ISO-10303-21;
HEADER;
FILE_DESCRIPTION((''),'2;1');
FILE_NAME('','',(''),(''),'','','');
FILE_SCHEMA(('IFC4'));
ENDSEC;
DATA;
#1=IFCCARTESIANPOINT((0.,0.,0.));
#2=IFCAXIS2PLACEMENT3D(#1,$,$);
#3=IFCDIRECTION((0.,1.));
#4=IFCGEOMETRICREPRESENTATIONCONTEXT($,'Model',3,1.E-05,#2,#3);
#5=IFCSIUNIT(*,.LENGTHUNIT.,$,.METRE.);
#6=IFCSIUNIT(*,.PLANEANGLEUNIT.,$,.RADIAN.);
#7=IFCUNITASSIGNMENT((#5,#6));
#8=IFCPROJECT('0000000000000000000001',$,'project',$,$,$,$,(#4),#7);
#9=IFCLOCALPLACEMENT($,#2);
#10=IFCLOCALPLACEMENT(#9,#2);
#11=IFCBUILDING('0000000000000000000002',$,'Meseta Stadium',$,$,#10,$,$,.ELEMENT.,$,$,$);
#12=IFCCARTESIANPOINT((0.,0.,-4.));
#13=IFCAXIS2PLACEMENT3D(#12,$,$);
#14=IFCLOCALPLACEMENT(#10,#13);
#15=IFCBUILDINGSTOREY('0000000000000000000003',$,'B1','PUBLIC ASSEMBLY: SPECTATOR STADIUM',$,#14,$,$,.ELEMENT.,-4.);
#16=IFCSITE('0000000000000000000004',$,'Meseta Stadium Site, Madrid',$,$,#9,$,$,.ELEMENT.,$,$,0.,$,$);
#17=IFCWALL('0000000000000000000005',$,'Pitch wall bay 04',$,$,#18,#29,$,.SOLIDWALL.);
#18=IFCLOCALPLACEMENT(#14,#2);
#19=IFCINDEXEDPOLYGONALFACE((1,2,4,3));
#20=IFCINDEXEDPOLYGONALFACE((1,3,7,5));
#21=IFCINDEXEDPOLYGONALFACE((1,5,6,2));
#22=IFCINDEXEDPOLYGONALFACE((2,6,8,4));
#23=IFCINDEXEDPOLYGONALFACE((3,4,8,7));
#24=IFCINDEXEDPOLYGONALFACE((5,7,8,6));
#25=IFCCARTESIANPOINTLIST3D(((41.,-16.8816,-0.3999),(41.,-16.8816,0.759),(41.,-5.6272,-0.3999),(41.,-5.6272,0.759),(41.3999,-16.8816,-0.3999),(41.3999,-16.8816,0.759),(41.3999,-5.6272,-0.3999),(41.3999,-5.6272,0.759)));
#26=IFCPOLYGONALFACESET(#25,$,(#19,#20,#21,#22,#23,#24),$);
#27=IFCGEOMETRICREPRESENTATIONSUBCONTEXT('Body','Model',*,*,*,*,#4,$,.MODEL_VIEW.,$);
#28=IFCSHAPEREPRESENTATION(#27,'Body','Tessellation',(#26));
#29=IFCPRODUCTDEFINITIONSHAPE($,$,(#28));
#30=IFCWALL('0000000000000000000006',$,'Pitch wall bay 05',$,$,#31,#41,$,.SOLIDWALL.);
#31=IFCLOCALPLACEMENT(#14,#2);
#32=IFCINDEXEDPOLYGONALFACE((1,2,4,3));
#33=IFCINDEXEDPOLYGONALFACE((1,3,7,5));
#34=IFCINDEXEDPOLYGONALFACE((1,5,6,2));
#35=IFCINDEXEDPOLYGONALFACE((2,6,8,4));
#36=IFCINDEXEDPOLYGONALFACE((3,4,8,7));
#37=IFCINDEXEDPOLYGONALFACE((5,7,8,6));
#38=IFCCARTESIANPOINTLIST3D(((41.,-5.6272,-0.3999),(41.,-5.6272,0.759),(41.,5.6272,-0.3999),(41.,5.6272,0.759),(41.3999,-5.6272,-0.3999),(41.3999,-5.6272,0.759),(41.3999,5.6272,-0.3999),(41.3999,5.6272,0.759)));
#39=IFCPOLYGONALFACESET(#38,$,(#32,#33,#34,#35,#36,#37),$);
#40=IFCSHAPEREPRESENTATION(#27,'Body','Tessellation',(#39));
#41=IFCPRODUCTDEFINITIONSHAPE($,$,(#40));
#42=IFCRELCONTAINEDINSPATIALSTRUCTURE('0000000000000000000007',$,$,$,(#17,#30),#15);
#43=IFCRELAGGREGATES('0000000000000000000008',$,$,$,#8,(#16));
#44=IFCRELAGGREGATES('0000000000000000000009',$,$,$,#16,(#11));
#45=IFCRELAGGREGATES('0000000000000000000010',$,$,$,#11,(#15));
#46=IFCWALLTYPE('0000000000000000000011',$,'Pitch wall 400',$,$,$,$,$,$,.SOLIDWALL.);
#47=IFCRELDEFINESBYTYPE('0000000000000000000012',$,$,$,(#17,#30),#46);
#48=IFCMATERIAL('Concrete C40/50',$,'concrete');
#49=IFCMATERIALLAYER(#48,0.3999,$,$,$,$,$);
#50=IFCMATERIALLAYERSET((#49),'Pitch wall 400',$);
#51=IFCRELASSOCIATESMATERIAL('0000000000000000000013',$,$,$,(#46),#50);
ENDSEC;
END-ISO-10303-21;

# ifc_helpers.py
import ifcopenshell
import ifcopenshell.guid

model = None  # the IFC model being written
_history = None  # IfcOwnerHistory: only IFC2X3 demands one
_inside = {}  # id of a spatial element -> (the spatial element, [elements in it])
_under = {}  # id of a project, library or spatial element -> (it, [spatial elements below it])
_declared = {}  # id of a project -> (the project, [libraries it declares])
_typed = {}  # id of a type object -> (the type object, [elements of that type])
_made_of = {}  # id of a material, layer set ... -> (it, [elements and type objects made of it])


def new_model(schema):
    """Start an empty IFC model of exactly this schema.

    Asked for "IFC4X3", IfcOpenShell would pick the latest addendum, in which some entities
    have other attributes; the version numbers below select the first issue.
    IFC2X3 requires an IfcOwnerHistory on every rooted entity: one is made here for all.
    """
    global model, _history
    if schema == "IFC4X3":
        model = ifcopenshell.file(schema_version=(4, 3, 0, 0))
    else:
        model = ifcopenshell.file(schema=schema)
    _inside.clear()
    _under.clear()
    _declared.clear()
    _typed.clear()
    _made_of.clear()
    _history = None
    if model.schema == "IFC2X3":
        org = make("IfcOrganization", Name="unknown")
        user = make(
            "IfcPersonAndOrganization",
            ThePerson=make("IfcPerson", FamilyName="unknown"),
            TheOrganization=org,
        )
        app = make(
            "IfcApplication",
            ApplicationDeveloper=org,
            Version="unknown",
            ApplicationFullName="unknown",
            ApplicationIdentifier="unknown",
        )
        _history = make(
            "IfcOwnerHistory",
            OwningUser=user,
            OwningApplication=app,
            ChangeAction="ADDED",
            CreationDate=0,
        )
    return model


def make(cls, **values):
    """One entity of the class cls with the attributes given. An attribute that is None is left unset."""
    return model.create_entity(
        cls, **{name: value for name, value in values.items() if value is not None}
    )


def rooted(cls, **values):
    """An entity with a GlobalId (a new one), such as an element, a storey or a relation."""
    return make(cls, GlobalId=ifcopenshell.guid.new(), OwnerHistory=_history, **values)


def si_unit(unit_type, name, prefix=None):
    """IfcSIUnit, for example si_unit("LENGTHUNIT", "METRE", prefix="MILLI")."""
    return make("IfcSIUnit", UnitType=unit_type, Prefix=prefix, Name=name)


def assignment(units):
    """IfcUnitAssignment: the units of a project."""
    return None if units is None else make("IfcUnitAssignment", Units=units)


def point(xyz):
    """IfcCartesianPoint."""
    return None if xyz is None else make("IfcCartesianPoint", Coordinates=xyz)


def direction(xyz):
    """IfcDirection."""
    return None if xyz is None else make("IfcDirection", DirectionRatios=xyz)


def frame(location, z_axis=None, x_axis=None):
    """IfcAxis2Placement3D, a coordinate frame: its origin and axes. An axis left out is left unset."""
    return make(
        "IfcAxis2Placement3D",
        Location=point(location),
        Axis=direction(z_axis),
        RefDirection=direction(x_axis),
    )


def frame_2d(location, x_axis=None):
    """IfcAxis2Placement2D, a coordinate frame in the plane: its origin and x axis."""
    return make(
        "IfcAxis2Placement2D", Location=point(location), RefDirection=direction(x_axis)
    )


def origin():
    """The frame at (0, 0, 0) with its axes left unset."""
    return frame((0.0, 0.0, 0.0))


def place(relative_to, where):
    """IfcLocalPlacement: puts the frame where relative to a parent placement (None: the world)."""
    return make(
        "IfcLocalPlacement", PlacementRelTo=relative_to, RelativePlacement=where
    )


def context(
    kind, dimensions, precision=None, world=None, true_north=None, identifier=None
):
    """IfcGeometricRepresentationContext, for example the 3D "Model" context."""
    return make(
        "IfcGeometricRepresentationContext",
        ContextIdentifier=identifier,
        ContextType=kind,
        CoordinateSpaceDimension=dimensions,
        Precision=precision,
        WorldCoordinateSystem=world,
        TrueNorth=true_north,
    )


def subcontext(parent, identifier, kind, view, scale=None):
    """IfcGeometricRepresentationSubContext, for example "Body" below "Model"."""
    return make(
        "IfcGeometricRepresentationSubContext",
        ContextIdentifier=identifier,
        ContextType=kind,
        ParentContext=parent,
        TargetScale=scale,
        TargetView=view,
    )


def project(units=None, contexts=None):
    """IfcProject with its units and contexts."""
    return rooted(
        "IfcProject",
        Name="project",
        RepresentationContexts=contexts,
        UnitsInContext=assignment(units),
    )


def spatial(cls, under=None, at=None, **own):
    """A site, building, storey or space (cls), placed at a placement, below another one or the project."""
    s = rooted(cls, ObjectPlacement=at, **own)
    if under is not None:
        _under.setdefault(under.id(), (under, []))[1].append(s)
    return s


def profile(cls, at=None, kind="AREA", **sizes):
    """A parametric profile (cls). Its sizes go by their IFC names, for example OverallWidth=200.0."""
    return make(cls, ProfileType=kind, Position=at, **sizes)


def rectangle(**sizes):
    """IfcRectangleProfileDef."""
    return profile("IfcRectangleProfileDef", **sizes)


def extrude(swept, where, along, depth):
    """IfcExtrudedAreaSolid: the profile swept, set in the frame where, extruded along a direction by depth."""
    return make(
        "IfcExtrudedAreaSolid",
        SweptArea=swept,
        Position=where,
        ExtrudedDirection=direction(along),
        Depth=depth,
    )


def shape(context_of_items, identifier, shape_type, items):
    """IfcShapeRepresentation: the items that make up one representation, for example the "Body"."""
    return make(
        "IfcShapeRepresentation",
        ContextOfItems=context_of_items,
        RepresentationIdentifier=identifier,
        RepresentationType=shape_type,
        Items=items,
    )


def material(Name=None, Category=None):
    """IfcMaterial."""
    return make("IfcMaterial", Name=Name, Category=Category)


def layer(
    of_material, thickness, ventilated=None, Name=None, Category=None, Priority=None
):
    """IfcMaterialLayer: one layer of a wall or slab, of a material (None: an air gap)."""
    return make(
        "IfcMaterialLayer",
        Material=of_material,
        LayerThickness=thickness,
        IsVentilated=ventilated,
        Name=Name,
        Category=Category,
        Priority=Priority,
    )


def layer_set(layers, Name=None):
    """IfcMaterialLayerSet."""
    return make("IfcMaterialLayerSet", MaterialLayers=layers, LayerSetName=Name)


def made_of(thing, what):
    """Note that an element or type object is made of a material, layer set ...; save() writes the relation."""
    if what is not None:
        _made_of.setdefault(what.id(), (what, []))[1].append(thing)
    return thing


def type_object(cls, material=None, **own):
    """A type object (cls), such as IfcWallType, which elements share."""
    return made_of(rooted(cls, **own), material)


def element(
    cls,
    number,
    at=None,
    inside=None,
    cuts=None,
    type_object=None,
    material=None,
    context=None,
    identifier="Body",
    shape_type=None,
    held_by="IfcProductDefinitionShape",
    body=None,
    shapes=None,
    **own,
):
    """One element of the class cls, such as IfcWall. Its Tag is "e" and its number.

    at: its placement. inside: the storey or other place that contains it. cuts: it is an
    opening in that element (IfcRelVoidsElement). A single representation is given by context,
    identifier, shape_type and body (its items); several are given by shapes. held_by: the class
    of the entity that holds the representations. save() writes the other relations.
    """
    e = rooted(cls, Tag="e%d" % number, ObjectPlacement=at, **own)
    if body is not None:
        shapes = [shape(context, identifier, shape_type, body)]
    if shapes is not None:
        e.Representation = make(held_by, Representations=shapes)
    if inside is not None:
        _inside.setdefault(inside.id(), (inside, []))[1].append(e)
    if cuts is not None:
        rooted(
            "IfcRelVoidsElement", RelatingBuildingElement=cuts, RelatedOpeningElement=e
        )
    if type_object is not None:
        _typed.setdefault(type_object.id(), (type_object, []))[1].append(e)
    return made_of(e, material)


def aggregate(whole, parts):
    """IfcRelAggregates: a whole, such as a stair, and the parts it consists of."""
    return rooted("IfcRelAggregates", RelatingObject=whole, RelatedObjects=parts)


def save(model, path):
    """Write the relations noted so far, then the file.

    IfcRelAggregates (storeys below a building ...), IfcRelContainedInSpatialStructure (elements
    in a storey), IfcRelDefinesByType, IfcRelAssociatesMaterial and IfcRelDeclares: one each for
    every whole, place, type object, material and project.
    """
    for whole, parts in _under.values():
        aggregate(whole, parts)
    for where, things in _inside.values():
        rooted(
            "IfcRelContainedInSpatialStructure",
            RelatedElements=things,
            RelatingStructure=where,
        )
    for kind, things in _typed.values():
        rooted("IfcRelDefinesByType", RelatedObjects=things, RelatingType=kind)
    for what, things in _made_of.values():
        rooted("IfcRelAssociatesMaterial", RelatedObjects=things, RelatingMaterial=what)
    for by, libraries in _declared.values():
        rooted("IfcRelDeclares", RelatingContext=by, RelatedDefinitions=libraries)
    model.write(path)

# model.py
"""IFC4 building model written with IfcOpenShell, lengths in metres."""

from ifc_helpers import new_model, si_unit, direction, frame, frame_2d, origin, place, context, subcontext, project, spatial, rectangle, extrude, material, layer, layer_set, type_object, element, save


model = new_model("IFC4")

# Units and contexts
model_context = context("Model", 3, precision=1e-05, world=origin(), true_north=direction((0.0, 1.0)))
body_context = subcontext(model_context, "Body", "Model", "MODEL_VIEW")
ifc_project = project(units=[si_unit("LENGTHUNIT", "METRE"), si_unit("PLANEANGLEUNIT", "RADIAN")], contexts=[model_context])

# Site, building, storey
site_placement = place(None, origin())
site = spatial("IfcSite", under=ifc_project, at=site_placement, Name="Meseta Stadium Site, Madrid", CompositionType="ELEMENT", RefElevation=0.0)
building_placement = place(site_placement, origin())
building = spatial("IfcBuilding", under=site, at=building_placement, Name="Meseta Stadium", CompositionType="ELEMENT")
storey_placement = place(building_placement, frame((0.0, 0.0, -4.0)))
storey = spatial("IfcBuildingStorey", under=building, at=storey_placement, Name="B1", Description="PUBLIC ASSEMBLY: SPECTATOR STADIUM", CompositionType="ELEMENT", Elevation=-4.0)

# Walls
ifc_material_1 = material(Name="Concrete C40/50", Category="concrete")
ifc_layer = layer(ifc_material_1, 0.3999)
ifc_layer_set = layer_set([ifc_layer], Name="Pitch wall 400")
wall_type = type_object("IfcWallType", Name="Pitch wall 400", PredefinedType="SOLIDWALL", material=ifc_layer_set)
for number, where, z_axis, x_axis, name in (
    (1, (41.2, -16.8816, -0.3999), (0.0, 0.0, 1.0), (0.0, 1.0, 0.0), "Pitch wall bay 04"),
    (2, (41.2, -5.6272, -0.3999), (0.0, 0.0, 1.0), (0.0, 1.0, 0.0), "Pitch wall bay 05"),
):
    element("IfcWall", number, at=place(storey_placement, frame(where, z_axis=z_axis, x_axis=x_axis)), inside=storey, type_object=wall_type, Name=name, PredefinedType="SOLIDWALL", context=body_context, shape_type="SweptSolid", body=[
        extrude(rectangle(XDim=11.2544, YDim=0.3999, at=frame_2d((5.6272, 0.0))), origin(), (0.0, 0.0, 1.0), 1.1589),
    ])

save(model, "model.ifc")
